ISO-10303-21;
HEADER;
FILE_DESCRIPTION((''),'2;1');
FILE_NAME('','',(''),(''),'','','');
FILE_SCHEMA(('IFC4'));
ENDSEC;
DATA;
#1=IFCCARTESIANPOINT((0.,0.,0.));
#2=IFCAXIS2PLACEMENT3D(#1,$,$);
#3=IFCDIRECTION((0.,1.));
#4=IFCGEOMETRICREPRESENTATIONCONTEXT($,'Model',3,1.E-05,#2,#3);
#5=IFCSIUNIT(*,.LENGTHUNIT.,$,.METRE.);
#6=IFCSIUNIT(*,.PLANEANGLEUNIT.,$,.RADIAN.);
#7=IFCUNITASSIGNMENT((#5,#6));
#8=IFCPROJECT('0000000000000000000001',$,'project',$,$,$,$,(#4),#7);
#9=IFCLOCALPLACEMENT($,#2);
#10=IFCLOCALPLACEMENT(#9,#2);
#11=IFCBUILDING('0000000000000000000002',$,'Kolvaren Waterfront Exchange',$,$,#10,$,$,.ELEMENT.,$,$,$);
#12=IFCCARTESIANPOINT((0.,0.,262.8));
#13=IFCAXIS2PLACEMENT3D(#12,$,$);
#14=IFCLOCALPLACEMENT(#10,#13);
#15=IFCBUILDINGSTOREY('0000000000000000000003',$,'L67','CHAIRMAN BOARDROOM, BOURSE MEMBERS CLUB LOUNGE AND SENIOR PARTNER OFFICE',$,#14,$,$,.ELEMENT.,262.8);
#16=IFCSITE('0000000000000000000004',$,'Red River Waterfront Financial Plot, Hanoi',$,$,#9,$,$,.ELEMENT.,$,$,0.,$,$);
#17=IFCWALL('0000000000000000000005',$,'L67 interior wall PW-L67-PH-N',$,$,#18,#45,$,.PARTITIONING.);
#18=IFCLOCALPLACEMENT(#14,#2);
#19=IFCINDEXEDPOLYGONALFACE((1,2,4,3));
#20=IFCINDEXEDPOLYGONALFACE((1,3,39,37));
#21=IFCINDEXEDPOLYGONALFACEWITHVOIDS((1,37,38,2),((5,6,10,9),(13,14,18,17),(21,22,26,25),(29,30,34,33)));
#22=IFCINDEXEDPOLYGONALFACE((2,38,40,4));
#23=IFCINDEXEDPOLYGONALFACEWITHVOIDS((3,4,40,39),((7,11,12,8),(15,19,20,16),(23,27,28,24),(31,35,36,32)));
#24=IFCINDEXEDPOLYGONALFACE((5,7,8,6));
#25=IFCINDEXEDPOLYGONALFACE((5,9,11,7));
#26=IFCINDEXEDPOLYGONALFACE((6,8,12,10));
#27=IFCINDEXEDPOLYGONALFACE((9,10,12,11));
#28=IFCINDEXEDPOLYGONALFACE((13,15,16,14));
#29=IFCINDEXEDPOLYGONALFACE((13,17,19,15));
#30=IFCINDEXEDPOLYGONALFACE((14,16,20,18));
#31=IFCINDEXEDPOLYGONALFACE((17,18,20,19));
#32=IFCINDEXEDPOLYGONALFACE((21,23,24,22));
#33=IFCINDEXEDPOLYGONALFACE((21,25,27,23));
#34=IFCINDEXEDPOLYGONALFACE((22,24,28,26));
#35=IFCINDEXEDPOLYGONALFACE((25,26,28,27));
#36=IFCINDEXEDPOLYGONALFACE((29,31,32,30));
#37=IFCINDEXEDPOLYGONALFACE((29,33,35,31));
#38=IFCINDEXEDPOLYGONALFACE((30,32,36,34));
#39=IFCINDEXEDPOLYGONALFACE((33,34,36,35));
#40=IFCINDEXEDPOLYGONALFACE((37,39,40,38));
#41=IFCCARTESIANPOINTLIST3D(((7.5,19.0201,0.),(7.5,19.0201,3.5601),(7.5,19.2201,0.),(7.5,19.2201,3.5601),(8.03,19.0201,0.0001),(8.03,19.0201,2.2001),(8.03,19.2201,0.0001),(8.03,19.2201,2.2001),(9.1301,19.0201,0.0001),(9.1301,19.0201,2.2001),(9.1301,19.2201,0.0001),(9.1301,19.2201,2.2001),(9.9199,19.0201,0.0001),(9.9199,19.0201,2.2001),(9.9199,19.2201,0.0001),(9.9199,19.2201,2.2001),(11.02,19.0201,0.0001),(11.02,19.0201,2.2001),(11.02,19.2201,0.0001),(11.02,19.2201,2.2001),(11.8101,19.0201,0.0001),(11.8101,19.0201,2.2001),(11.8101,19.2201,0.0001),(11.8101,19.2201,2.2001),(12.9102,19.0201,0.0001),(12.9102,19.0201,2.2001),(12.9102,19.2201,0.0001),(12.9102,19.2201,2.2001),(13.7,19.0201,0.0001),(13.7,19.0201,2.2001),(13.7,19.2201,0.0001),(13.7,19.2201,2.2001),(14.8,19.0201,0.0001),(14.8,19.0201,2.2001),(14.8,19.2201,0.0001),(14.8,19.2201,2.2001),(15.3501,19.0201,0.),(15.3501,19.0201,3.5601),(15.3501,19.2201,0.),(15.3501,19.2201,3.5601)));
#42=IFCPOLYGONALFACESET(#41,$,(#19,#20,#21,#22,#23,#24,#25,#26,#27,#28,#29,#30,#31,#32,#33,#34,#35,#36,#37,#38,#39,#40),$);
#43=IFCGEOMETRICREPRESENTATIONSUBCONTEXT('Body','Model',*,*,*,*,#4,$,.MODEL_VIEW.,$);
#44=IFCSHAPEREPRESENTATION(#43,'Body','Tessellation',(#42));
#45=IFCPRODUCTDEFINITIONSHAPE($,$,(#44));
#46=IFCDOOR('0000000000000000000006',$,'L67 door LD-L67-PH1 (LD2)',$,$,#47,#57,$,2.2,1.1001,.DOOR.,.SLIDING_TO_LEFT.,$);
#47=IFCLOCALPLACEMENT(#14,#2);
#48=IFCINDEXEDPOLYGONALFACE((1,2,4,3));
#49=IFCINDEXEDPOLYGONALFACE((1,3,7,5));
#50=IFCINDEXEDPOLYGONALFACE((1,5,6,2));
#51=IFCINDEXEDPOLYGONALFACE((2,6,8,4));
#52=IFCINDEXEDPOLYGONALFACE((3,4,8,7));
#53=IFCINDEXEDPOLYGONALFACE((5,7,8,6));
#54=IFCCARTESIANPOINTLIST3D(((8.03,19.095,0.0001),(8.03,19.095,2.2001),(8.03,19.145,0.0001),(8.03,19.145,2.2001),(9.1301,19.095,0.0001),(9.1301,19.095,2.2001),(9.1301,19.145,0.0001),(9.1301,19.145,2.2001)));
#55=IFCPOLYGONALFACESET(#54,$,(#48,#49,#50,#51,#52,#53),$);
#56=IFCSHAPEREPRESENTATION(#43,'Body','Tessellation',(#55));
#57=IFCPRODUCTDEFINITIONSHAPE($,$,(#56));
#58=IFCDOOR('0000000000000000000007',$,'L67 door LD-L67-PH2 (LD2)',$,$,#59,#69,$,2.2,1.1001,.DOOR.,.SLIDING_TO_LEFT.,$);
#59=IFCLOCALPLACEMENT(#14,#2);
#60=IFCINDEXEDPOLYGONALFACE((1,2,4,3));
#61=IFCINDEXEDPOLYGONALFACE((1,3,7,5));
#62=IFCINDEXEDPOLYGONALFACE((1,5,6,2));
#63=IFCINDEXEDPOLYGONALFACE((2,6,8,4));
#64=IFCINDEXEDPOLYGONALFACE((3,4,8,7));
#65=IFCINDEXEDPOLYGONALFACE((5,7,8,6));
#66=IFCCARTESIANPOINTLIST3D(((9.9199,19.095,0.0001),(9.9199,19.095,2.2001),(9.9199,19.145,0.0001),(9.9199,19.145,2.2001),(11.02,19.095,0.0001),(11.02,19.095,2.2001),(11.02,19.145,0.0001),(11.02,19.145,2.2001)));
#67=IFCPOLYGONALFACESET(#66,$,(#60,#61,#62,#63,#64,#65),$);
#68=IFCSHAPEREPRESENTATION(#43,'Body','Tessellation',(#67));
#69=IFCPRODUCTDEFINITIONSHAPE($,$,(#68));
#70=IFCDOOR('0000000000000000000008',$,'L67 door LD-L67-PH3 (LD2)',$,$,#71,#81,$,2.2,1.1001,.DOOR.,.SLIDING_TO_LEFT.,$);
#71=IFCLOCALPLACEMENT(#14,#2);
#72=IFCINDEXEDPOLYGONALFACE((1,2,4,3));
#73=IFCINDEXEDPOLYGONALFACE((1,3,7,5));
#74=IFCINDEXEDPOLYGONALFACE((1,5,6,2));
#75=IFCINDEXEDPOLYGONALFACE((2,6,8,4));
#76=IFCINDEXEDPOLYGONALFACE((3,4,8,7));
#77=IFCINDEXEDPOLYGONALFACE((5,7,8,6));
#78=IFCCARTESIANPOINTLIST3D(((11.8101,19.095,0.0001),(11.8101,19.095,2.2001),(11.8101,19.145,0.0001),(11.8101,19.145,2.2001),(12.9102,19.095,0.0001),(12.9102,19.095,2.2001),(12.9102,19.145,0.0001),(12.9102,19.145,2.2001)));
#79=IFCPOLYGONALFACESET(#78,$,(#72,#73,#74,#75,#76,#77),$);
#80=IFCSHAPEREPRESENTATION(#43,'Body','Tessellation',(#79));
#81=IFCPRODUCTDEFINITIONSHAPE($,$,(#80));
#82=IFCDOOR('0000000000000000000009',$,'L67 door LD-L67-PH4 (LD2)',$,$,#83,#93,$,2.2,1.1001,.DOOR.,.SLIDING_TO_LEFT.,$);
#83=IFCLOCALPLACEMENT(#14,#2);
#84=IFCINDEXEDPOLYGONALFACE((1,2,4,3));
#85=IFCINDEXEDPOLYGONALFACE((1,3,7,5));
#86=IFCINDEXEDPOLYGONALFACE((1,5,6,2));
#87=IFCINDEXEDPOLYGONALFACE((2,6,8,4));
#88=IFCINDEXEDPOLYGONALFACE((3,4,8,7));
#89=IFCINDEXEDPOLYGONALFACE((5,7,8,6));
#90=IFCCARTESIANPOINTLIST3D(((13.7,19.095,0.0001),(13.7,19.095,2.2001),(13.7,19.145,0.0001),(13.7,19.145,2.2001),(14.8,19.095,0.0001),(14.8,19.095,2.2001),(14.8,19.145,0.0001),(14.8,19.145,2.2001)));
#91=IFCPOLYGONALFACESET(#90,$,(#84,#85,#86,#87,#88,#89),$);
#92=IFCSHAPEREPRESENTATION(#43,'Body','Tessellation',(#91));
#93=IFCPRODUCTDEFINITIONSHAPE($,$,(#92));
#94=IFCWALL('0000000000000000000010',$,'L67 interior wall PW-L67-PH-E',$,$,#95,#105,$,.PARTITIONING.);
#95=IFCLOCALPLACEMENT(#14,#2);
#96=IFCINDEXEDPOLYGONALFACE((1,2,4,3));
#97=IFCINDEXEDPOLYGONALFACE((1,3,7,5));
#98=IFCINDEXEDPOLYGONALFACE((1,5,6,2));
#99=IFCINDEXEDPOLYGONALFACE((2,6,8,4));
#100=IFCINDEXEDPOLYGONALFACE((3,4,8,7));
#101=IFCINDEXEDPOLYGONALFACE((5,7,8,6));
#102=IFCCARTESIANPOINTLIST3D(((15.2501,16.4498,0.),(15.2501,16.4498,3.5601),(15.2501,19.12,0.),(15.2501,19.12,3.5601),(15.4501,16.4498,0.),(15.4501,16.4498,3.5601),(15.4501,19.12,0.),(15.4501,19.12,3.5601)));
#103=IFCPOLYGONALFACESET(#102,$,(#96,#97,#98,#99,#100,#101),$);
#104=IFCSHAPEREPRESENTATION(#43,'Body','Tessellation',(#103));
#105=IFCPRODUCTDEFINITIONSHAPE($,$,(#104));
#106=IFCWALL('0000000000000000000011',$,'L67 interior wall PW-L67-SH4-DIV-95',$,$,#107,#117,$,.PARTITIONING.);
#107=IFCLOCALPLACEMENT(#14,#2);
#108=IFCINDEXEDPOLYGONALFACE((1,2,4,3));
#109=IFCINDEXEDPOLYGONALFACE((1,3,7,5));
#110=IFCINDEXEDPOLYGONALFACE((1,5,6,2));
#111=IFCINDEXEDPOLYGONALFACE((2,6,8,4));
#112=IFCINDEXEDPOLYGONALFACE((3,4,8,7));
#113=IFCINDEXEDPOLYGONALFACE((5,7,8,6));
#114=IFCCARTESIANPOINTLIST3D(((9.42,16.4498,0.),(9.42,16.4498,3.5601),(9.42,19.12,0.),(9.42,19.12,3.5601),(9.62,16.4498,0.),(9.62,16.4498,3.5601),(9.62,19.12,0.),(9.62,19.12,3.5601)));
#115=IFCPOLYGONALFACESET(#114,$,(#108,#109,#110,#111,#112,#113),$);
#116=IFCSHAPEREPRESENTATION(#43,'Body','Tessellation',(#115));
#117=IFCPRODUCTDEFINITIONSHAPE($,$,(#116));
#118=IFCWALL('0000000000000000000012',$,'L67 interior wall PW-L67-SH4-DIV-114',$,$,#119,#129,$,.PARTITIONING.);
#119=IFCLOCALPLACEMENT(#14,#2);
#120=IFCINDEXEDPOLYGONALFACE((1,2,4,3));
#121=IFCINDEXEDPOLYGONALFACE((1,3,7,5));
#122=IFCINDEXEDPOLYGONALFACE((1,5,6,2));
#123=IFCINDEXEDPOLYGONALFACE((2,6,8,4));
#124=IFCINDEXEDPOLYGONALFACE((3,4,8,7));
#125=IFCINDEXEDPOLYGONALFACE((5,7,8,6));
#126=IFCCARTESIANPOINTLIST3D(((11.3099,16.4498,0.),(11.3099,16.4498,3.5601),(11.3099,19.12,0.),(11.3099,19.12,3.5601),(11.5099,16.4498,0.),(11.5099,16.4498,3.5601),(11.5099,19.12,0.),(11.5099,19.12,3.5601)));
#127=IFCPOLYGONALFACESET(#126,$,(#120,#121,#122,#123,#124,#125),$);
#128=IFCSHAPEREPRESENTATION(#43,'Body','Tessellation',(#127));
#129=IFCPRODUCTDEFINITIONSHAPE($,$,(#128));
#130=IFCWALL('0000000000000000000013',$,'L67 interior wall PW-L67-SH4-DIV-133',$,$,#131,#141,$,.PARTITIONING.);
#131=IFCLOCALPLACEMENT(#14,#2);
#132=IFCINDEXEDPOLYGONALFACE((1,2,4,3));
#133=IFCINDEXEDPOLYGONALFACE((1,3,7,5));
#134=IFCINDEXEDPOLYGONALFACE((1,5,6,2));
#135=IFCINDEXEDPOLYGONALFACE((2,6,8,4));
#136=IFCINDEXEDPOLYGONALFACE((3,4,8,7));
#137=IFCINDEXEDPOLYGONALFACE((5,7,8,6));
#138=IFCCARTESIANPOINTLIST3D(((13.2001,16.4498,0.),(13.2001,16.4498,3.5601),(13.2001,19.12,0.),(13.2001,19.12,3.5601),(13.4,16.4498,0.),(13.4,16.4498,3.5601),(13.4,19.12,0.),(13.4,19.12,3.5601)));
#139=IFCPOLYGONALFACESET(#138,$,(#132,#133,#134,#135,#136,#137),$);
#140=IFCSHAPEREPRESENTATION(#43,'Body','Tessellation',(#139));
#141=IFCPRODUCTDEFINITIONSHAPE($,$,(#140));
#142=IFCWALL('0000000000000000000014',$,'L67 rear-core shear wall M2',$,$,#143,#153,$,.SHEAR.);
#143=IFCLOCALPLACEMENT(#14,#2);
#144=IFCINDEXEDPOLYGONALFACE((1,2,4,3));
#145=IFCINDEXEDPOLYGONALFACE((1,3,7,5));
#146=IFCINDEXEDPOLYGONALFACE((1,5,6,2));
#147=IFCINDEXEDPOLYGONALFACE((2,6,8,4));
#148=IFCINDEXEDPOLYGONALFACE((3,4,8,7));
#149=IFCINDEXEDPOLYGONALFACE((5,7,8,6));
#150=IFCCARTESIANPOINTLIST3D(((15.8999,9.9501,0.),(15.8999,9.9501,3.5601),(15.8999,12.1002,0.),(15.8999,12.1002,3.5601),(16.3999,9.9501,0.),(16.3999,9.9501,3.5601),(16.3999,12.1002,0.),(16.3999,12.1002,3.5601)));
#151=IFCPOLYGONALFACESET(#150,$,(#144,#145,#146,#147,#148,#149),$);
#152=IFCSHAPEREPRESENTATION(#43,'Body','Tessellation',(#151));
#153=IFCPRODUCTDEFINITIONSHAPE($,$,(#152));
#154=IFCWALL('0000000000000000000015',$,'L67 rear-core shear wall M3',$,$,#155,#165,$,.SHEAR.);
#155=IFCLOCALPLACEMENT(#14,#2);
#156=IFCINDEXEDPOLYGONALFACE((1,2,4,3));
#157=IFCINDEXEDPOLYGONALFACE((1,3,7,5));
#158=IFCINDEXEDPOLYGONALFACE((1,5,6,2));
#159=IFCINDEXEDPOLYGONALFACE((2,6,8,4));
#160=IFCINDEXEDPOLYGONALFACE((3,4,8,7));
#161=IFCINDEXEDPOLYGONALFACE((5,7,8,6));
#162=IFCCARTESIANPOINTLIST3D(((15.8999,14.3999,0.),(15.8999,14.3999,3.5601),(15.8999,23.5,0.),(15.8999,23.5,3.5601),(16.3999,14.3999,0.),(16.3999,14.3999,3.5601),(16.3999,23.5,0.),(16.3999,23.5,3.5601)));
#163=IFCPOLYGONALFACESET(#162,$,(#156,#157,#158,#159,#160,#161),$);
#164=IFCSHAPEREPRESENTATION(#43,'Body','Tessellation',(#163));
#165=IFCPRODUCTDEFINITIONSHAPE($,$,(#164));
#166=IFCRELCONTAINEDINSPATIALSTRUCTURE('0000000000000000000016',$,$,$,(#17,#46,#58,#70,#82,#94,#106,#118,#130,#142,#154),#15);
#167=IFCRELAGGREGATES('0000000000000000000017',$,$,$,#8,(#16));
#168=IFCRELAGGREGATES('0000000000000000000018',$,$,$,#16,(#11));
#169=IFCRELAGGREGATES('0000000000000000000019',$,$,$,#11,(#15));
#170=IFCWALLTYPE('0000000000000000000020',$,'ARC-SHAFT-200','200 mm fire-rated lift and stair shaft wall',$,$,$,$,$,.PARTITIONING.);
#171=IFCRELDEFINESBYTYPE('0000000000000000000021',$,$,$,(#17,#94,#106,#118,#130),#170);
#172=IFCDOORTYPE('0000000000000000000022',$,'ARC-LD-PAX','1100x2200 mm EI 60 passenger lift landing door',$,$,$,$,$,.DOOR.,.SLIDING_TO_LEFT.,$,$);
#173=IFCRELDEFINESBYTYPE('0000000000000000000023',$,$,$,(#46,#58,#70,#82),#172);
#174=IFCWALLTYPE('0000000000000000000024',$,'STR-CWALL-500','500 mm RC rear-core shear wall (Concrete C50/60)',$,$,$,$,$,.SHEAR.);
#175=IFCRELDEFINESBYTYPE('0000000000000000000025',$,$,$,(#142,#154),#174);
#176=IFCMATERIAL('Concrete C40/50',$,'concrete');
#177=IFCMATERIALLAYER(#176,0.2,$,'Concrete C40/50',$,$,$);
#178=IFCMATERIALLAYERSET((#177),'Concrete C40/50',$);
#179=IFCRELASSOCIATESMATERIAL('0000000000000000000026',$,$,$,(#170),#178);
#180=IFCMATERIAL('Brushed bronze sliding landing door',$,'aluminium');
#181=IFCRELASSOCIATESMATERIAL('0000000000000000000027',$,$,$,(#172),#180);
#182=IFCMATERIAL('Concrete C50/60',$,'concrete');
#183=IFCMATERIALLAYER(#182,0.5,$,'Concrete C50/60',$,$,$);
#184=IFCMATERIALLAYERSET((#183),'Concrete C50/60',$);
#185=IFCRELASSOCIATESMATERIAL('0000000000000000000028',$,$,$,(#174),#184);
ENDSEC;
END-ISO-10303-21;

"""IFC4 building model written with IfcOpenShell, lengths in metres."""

from ifc_helpers import new_model, si_unit, direction, frame, frame_2d, origin, place, context, subcontext, project, spatial, rectangle, extrude, material, layer, layer_set, type_object, element, fill, save


model = new_model("IFC4")

# Units and contexts
model_context = context("Model", 3, precision=1e-05, world=origin(), true_north=direction((0.0, 1.0)))
body_context = subcontext(model_context, "Body", "Model", "MODEL_VIEW")
ifc_project = project(units=[si_unit("LENGTHUNIT", "METRE"), si_unit("PLANEANGLEUNIT", "RADIAN")], contexts=[model_context])

# Site, building, storey
site_placement = place(None, origin())
site = spatial("IfcSite", under=ifc_project, at=site_placement, Name="Red River Waterfront Financial Plot, Hanoi", CompositionType="ELEMENT", RefElevation=0.0)
building_placement = place(site_placement, origin())
building = spatial("IfcBuilding", under=site, at=building_placement, Name="Kolvaren Waterfront Exchange", CompositionType="ELEMENT")
storey_placement = place(building_placement, frame((0.0, 0.0, 262.8)))
storey = spatial("IfcBuildingStorey", under=building, at=storey_placement, Name="L67", Description="CHAIRMAN BOARDROOM, BOURSE MEMBERS CLUB LOUNGE AND SENIOR PARTNER OFFICE", CompositionType="ELEMENT", Elevation=262.8)

# Shared definitions
ifc_material_1 = material(Name="Concrete C40/50", Category="concrete")
ifc_layer_1 = layer(ifc_material_1, 0.2, Name="Concrete C40/50")
ifc_layer_set_1 = layer_set([ifc_layer_1], Name="Concrete C40/50")
wall_type_1 = type_object("IfcWallType", Name="ARC-SHAFT-200", Description="200 mm fire-rated lift and stair shaft wall", PredefinedType="PARTITIONING", material=ifc_layer_set_1)

# Wall, openings, doors
wall_1_placement = place(storey_placement, frame((7.5, 19.1201, 0.0), z_axis=(0.0, 0.0, 1.0), x_axis=(1.0, 0.0, 0.0)))
wall_1 = element("IfcWall", 1, at=wall_1_placement, inside=storey, type_object=wall_type_1, Name="L67 interior wall PW-L67-PH-N", PredefinedType="PARTITIONING", context=body_context, shape_type="SweptSolid", body=[
    extrude(rectangle(XDim=7.8501, YDim=0.2, at=frame_2d((3.925, 0.0))), origin(), (0.0, 0.0, 1.0), 3.5601),
])
opening_1_placement = place(wall_1_placement, frame((0.53, 0.0, 0.0)))
opening_1 = element("IfcOpeningElement", 2, at=opening_1_placement, cuts=wall_1, PredefinedType="OPENING", context=body_context, shape_type="SweptSolid", body=[
    extrude(rectangle(XDim=1.1001, YDim=2.2, at=frame_2d((0.55, 1.1001))), frame((0.0, 0.1099, 0.0), z_axis=(0.0, -1.0, 0.0), x_axis=(1.0, 0.0, 0.0)), (0.0, 0.0, 1.0), 0.22),
])
opening_2_placement = place(wall_1_placement, frame((2.4199, 0.0, 0.0)))
opening_2 = element("IfcOpeningElement", 3, at=opening_2_placement, cuts=wall_1, PredefinedType="OPENING", context=body_context, shape_type="SweptSolid", body=[
    extrude(rectangle(XDim=1.1001, YDim=2.2, at=frame_2d((0.55, 1.1001))), frame((0.0, 0.1099, 0.0), z_axis=(0.0, -1.0, 0.0), x_axis=(1.0, 0.0, 0.0)), (0.0, 0.0, 1.0), 0.22),
])
opening_3_placement = place(wall_1_placement, frame((4.3101, 0.0, 0.0)))
opening_3 = element("IfcOpeningElement", 4, at=opening_3_placement, cuts=wall_1, PredefinedType="OPENING", context=body_context, shape_type="SweptSolid", body=[
    extrude(rectangle(XDim=1.1001, YDim=2.2, at=frame_2d((0.55, 1.1001))), frame((0.0, 0.1099, 0.0), z_axis=(0.0, -1.0, 0.0), x_axis=(1.0, 0.0, 0.0)), (0.0, 0.0, 1.0), 0.22),
])
opening_4_placement = place(wall_1_placement, frame((6.2, 0.0, 0.0)))
opening_4 = element("IfcOpeningElement", 5, at=opening_4_placement, cuts=wall_1, PredefinedType="OPENING", context=body_context, shape_type="SweptSolid", body=[
    extrude(rectangle(XDim=1.1001, YDim=2.2, at=frame_2d((0.55, 1.1001))), frame((0.0, 0.1099, 0.0), z_axis=(0.0, -1.0, 0.0), x_axis=(1.0, 0.0, 0.0)), (0.0, 0.0, 1.0), 0.22),
])
ifc_material_2 = material(Name="Brushed bronze sliding landing door", Category="aluminium")
door_type_1 = type_object("IfcDoorType", Name="ARC-LD-PAX", Description="1100x2200 mm EI 60 passenger lift landing door", OperationType="SLIDING_TO_LEFT", PredefinedType="DOOR", material=ifc_material_2)
door_1_placement = place(opening_1_placement, origin())
door_1 = element("IfcDoor", 6, at=door_1_placement, inside=storey, type_object=door_type_1, Name="L67 door LD-L67-PH1 (LD2)", OperationType="SLIDING_TO_LEFT", OverallHeight=2.2, OverallWidth=1.1001, PredefinedType="DOOR", context=body_context, shape_type="SweptSolid", body=[
    extrude(rectangle(XDim=1.1001, YDim=2.2, at=frame_2d((0.55, 1.1001))), frame((0.0, 0.0249, 0.0), z_axis=(0.0, -1.0, 0.0), x_axis=(1.0, 0.0, 0.0)), (0.0, 0.0, 1.0), 0.05),
])
fill(opening_1, door_1)
door_2_placement = place(opening_2_placement, origin())
door_2 = element("IfcDoor", 7, at=door_2_placement, inside=storey, type_object=door_type_1, Name="L67 door LD-L67-PH2 (LD2)", OperationType="SLIDING_TO_LEFT", OverallHeight=2.2, OverallWidth=1.1001, PredefinedType="DOOR", context=body_context, shape_type="SweptSolid", body=[
    extrude(rectangle(XDim=1.1001, YDim=2.2, at=frame_2d((0.55, 1.1001))), frame((0.0, 0.0249, 0.0), z_axis=(0.0, -1.0, 0.0), x_axis=(1.0, 0.0, 0.0)), (0.0, 0.0, 1.0), 0.05),
])
fill(opening_2, door_2)
door_3_placement = place(opening_3_placement, origin())
door_3 = element("IfcDoor", 8, at=door_3_placement, inside=storey, type_object=door_type_1, Name="L67 door LD-L67-PH3 (LD2)", OperationType="SLIDING_TO_LEFT", OverallHeight=2.2, OverallWidth=1.1001, PredefinedType="DOOR", context=body_context, shape_type="SweptSolid", body=[
    extrude(rectangle(XDim=1.1001, YDim=2.2, at=frame_2d((0.55, 1.1001))), frame((0.0, 0.0249, 0.0), z_axis=(0.0, -1.0, 0.0), x_axis=(1.0, 0.0, 0.0)), (0.0, 0.0, 1.0), 0.05),
])
fill(opening_3, door_3)
door_4_placement = place(opening_4_placement, origin())
door_4 = element("IfcDoor", 9, at=door_4_placement, inside=storey, type_object=door_type_1, Name="L67 door LD-L67-PH4 (LD2)", OperationType="SLIDING_TO_LEFT", OverallHeight=2.2, OverallWidth=1.1001, PredefinedType="DOOR", context=body_context, shape_type="SweptSolid", body=[
    extrude(rectangle(XDim=1.1001, YDim=2.2, at=frame_2d((0.55, 1.1001))), frame((0.0, 0.0249, 0.0), z_axis=(0.0, -1.0, 0.0), x_axis=(1.0, 0.0, 0.0)), (0.0, 0.0, 1.0), 0.05),
])
fill(opening_4, door_4)

# Walls
for number, where, z_axis, x_axis, name in (
    (10, (15.3501, 16.45, 0.0), (0.0, 0.0, 1.0), (0.0, 1.0, 0.0), "L67 interior wall PW-L67-PH-E"),
    (11, (9.52, 16.45, 0.0), (0.0, 0.0, 1.0), (0.0, 1.0, 0.0), "L67 interior wall PW-L67-SH4-DIV-95"),
    (12, (11.4099, 16.45, 0.0), (0.0, 0.0, 1.0), (0.0, 1.0, 0.0), "L67 interior wall PW-L67-SH4-DIV-114"),
    (13, (13.3, 16.45, 0.0), (0.0, 0.0, 1.0), (0.0, 1.0, 0.0), "L67 interior wall PW-L67-SH4-DIV-133"),
):
    element("IfcWall", number, at=place(storey_placement, frame(where, z_axis=z_axis, x_axis=x_axis)), inside=storey, type_object=wall_type_1, Name=name, PredefinedType="PARTITIONING", context=body_context, shape_type="SweptSolid", body=[
        extrude(rectangle(XDim=2.6702, YDim=0.2, at=frame_2d((1.335, 0.0))), origin(), (0.0, 0.0, 1.0), 3.5601),
    ])
ifc_material_3 = material(Name="Concrete C50/60", Category="concrete")
ifc_layer_2 = layer(ifc_material_3, 0.5, Name="Concrete C50/60")
ifc_layer_set_2 = layer_set([ifc_layer_2], Name="Concrete C50/60")
wall_type_2 = type_object("IfcWallType", Name="STR-CWALL-500", Description="500 mm RC rear-core shear wall (Concrete C50/60)", PredefinedType="SHEAR", material=ifc_layer_set_2)
wall_2_placement = place(storey_placement, frame((16.1499, 9.95, 0.0), z_axis=(0.0, 0.0, 1.0), x_axis=(0.0, 1.0, 0.0)))
element("IfcWall", 14, at=wall_2_placement, inside=storey, type_object=wall_type_2, Name="L67 rear-core shear wall M2", PredefinedType="SHEAR", context=body_context, shape_type="SweptSolid", body=[
    extrude(rectangle(XDim=2.1501, YDim=0.5, at=frame_2d((1.0752, 0.0))), origin(), (0.0, 0.0, 1.0), 3.5601),
])
wall_3_placement = place(storey_placement, frame((16.1499, 14.3999, 0.0), z_axis=(0.0, 0.0, 1.0), x_axis=(0.0, 1.0, 0.0)))
element("IfcWall", 15, at=wall_3_placement, inside=storey, type_object=wall_type_2, Name="L67 rear-core shear wall M3", PredefinedType="SHEAR", context=body_context, shape_type="SweptSolid", body=[
    extrude(rectangle(XDim=9.1001, YDim=0.5, at=frame_2d((4.55, 0.0))), origin(), (0.0, 0.0, 1.0), 3.5601),
])

save(model, "model.ifc")
